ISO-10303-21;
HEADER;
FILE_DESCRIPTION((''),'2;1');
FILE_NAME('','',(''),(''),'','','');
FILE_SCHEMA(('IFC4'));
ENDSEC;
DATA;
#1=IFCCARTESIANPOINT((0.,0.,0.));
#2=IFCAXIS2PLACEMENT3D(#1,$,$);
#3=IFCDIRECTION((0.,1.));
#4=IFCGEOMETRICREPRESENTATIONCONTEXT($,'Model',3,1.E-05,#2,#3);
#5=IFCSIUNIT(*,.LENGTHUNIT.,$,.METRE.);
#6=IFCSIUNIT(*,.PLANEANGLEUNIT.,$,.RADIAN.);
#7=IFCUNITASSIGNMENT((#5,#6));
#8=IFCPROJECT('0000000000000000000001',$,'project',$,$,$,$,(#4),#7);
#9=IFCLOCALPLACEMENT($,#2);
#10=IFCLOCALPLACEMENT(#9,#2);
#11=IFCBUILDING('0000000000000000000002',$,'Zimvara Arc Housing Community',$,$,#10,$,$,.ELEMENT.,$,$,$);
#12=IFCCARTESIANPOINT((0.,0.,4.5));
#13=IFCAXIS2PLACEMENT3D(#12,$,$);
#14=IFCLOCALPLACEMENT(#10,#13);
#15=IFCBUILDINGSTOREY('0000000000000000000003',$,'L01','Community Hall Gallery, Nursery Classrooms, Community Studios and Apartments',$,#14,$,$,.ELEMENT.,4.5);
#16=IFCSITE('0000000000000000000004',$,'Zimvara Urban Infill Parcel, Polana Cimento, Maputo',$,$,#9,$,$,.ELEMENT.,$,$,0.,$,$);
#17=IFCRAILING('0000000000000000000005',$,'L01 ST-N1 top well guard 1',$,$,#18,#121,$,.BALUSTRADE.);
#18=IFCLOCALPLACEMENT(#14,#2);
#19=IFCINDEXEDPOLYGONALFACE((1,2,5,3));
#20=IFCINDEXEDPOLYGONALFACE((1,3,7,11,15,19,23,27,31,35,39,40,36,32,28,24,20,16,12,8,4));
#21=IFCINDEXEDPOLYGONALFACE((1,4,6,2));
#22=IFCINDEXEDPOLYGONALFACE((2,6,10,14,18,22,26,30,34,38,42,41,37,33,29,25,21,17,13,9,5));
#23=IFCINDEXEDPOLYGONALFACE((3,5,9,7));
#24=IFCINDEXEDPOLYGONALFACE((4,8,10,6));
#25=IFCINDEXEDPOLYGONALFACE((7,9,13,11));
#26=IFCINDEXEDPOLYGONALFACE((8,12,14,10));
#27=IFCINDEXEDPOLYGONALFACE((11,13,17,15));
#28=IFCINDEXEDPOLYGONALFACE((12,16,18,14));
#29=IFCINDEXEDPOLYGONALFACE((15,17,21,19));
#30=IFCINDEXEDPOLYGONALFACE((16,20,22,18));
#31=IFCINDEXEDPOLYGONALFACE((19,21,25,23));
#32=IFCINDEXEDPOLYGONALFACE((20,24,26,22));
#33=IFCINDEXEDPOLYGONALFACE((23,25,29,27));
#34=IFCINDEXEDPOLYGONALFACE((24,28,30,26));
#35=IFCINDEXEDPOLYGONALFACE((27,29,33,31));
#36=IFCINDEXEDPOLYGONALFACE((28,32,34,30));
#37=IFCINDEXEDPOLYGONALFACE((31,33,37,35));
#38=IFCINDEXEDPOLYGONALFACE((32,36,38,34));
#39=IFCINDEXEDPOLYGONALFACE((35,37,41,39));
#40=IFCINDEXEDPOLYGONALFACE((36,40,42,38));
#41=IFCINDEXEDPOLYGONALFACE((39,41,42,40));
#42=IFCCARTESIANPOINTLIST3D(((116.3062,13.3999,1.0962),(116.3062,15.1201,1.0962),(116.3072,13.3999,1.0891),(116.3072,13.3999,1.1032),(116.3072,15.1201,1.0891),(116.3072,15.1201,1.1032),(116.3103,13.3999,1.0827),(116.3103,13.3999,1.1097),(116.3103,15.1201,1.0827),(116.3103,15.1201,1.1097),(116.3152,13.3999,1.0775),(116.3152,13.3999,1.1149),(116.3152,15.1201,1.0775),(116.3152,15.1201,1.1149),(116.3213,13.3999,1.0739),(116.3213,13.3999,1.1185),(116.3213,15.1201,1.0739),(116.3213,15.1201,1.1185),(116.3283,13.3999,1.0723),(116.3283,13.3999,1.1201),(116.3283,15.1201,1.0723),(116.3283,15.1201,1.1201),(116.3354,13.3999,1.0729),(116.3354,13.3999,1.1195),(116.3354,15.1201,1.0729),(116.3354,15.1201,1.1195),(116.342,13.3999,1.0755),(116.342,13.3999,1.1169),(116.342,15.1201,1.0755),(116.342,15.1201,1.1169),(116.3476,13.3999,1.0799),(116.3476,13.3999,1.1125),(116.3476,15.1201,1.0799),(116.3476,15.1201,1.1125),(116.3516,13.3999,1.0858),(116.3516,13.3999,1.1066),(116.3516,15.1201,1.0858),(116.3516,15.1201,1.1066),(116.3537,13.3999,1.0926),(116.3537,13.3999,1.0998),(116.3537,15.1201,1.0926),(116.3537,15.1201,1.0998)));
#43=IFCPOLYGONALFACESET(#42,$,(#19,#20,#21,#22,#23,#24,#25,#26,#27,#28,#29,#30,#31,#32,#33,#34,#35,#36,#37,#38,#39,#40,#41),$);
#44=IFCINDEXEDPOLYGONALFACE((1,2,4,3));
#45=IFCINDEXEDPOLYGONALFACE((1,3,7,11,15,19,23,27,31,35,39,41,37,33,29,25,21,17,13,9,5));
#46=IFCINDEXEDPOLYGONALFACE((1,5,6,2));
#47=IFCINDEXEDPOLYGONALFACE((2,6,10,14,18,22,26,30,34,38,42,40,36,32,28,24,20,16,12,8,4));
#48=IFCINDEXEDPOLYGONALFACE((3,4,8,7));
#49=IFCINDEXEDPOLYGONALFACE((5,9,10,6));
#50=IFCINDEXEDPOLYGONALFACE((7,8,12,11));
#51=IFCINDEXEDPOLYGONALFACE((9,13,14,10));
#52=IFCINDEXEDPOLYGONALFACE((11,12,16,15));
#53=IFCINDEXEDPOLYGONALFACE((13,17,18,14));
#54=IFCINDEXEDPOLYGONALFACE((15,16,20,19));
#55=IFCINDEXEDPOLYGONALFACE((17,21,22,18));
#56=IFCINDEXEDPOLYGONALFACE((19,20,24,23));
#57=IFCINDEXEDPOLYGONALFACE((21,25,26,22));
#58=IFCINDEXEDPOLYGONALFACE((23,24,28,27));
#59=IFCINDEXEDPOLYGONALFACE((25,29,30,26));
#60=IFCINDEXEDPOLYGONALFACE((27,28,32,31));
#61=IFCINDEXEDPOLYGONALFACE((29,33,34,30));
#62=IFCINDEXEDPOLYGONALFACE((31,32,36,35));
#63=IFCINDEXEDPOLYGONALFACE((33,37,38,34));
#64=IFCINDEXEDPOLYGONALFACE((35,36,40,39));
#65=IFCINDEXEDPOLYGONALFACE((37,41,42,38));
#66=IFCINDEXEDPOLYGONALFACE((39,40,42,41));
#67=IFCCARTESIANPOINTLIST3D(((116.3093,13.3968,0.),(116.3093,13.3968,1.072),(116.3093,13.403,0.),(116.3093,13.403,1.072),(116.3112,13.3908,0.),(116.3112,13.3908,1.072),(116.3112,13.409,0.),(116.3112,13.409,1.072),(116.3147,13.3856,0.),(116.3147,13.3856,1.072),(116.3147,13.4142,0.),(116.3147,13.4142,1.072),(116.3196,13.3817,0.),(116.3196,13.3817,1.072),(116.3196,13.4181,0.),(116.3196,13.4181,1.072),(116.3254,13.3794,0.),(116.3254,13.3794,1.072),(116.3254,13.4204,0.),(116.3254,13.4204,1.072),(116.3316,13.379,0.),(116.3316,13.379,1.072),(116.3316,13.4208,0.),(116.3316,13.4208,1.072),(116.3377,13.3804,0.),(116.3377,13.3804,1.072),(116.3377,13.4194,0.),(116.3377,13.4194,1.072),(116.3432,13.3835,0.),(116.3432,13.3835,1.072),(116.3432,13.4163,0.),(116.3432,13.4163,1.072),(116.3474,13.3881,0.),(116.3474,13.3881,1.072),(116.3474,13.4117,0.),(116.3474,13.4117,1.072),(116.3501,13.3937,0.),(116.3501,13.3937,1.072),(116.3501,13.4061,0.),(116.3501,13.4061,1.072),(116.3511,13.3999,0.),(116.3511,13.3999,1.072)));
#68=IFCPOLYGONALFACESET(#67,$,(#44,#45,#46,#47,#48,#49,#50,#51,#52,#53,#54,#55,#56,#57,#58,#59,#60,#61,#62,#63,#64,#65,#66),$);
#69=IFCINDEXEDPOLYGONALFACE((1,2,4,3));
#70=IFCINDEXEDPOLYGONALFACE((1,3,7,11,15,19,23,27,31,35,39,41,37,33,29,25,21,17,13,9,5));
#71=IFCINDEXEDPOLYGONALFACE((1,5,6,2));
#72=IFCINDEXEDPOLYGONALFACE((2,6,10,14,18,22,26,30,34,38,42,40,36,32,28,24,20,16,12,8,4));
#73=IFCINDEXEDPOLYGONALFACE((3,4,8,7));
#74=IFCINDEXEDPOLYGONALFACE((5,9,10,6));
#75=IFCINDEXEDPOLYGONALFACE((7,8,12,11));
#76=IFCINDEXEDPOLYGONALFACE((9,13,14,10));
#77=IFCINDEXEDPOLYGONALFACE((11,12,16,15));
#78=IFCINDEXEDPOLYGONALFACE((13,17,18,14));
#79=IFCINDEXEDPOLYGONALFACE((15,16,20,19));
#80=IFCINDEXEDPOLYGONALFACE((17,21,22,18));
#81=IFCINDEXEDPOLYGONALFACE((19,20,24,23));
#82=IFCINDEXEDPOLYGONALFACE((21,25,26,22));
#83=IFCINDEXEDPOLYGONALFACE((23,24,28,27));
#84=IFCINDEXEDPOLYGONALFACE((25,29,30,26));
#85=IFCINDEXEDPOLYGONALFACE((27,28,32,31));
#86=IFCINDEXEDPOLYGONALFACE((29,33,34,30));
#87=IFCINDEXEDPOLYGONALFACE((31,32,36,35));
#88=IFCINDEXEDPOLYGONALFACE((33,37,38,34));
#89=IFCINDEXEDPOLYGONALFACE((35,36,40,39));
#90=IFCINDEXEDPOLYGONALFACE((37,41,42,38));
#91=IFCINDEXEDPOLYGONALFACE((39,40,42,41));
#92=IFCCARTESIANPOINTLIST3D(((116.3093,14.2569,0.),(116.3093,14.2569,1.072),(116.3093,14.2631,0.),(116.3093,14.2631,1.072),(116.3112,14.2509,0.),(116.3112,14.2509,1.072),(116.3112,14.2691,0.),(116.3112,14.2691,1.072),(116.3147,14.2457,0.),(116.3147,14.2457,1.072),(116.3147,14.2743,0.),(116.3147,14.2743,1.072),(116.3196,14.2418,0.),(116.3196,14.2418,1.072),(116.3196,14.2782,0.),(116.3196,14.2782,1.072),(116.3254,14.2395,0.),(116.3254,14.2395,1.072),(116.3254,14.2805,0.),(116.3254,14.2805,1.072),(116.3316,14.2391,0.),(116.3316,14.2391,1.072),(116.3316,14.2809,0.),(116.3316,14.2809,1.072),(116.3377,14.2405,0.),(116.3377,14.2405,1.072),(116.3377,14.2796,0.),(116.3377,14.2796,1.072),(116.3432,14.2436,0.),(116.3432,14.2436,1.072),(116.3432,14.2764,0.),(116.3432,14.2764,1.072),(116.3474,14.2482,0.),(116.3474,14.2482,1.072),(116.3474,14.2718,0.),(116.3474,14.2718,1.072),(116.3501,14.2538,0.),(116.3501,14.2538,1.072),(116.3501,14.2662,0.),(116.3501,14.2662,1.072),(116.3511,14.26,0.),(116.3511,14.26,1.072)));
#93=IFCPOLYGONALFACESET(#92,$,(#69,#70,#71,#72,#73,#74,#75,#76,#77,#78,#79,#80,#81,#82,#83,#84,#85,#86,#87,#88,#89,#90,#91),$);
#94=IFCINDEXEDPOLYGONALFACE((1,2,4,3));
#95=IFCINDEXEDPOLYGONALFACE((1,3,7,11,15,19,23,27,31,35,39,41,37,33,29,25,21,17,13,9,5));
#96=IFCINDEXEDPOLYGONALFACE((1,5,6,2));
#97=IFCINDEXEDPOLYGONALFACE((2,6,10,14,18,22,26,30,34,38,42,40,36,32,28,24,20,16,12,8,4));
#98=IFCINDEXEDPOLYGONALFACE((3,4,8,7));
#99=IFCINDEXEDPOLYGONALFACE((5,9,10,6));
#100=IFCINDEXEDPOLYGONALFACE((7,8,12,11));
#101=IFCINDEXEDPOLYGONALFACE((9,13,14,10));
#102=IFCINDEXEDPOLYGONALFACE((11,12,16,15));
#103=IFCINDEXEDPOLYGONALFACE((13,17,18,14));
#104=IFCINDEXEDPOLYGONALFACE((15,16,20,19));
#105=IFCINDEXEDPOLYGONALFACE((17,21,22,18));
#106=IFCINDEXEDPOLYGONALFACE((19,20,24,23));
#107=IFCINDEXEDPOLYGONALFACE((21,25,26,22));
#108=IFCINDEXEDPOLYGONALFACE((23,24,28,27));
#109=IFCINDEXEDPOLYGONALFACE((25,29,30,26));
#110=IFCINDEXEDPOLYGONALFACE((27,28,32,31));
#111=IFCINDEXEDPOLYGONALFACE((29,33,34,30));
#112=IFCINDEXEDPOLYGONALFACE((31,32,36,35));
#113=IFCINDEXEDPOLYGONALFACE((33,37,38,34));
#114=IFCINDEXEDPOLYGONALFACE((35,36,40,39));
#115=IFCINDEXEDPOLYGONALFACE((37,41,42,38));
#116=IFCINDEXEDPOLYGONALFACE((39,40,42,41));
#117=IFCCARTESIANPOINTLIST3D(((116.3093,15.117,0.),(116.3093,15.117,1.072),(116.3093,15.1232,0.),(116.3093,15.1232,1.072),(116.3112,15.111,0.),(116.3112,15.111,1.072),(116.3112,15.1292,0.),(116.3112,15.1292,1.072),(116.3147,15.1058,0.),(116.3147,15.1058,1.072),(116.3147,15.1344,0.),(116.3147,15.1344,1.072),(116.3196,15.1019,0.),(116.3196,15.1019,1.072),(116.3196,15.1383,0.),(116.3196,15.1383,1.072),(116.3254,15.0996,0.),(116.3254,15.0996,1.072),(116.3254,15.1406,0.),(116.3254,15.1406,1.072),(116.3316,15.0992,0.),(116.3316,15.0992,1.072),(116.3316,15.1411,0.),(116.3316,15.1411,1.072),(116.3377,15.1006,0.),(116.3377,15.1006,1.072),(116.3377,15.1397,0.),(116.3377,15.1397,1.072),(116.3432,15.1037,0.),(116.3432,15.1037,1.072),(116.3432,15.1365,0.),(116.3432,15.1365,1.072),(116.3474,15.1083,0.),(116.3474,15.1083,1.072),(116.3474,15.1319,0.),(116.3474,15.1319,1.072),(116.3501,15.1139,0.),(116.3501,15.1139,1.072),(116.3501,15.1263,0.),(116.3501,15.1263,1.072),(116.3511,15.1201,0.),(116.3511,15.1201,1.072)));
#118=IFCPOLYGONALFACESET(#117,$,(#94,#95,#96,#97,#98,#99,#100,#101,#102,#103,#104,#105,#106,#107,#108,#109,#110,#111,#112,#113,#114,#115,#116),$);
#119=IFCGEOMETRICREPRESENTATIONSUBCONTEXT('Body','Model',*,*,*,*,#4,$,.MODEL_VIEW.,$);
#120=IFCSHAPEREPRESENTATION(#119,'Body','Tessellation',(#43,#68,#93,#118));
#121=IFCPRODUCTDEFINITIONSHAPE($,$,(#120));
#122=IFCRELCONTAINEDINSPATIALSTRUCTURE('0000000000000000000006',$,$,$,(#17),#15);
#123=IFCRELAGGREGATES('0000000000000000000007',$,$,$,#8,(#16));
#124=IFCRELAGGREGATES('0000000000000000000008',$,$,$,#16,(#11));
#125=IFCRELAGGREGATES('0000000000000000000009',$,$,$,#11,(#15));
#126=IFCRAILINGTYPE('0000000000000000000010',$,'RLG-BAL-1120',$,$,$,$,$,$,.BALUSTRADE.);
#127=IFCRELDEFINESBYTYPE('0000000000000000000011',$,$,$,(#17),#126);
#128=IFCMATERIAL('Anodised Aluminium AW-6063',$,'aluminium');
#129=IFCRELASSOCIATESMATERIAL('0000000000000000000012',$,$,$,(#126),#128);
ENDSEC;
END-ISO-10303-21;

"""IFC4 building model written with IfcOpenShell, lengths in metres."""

from ifc_helpers import new_model, si_unit, direction, frame, origin, origin_2d, place, context, subcontext, project, spatial, circle, extrude, material, type_object, element, save


model = new_model("IFC4")

# Units and contexts
model_context = context("Model", 3, precision=1e-05, world=origin(), true_north=direction((0.0, 1.0)))
body_context = subcontext(model_context, "Body", "Model", "MODEL_VIEW")
ifc_project = project(units=[si_unit("LENGTHUNIT", "METRE"), si_unit("PLANEANGLEUNIT", "RADIAN")], contexts=[model_context])

# Site, building, storey
site_placement = place(None, origin())
site = spatial("IfcSite", under=ifc_project, at=site_placement, Name="Zimvara Urban Infill Parcel, Polana Cimento, Maputo", CompositionType="ELEMENT", RefElevation=0.0)
building_placement = place(site_placement, origin())
building = spatial("IfcBuilding", under=site, at=building_placement, Name="Zimvara Arc Housing Community", CompositionType="ELEMENT")
storey_placement = place(building_placement, frame((0.0, 0.0, 4.5)))
storey = spatial("IfcBuildingStorey", under=building, at=storey_placement, Name="L01", Description="Community Hall Gallery, Nursery Classrooms, Community Studios and Apartments", CompositionType="ELEMENT", Elevation=4.5)

# Railing
ifc_material_1 = material(Name="Anodised Aluminium AW-6063", Category="aluminium")
railing_type = type_object("IfcRailingType", Name="RLG-BAL-1120", PredefinedType="BALUSTRADE", material=ifc_material_1)
railing_placement = place(storey_placement, frame((116.3301, 13.3999, 0.0)))
element("IfcRailing", 1, at=railing_placement, inside=storey, type_object=railing_type, Name="L01 ST-N1 top well guard 1", PredefinedType="BALUSTRADE", context=body_context, shape_type="SweptSolid", body=[
    extrude(circle(Radius=0.0239, at=origin_2d()), frame((0.0, 0.0, 1.0962), z_axis=(0.0, 1.0, 0.0), x_axis=(-1.0, 0.0, 0.0)), (0.0, 0.0, 1.0), 1.7202),
    extrude(circle(Radius=0.021, at=origin_2d()), origin(), (0.0, 0.0, 1.0), 1.072),
    extrude(circle(Radius=0.021, at=origin_2d()), frame((0.0, 0.8601, 0.0)), (0.0, 0.0, 1.0), 1.072),
    extrude(circle(Radius=0.021, at=origin_2d()), frame((0.0, 1.7202, 0.0)), (0.0, 0.0, 1.0), 1.072),
])

save(model, "model.ifc")
